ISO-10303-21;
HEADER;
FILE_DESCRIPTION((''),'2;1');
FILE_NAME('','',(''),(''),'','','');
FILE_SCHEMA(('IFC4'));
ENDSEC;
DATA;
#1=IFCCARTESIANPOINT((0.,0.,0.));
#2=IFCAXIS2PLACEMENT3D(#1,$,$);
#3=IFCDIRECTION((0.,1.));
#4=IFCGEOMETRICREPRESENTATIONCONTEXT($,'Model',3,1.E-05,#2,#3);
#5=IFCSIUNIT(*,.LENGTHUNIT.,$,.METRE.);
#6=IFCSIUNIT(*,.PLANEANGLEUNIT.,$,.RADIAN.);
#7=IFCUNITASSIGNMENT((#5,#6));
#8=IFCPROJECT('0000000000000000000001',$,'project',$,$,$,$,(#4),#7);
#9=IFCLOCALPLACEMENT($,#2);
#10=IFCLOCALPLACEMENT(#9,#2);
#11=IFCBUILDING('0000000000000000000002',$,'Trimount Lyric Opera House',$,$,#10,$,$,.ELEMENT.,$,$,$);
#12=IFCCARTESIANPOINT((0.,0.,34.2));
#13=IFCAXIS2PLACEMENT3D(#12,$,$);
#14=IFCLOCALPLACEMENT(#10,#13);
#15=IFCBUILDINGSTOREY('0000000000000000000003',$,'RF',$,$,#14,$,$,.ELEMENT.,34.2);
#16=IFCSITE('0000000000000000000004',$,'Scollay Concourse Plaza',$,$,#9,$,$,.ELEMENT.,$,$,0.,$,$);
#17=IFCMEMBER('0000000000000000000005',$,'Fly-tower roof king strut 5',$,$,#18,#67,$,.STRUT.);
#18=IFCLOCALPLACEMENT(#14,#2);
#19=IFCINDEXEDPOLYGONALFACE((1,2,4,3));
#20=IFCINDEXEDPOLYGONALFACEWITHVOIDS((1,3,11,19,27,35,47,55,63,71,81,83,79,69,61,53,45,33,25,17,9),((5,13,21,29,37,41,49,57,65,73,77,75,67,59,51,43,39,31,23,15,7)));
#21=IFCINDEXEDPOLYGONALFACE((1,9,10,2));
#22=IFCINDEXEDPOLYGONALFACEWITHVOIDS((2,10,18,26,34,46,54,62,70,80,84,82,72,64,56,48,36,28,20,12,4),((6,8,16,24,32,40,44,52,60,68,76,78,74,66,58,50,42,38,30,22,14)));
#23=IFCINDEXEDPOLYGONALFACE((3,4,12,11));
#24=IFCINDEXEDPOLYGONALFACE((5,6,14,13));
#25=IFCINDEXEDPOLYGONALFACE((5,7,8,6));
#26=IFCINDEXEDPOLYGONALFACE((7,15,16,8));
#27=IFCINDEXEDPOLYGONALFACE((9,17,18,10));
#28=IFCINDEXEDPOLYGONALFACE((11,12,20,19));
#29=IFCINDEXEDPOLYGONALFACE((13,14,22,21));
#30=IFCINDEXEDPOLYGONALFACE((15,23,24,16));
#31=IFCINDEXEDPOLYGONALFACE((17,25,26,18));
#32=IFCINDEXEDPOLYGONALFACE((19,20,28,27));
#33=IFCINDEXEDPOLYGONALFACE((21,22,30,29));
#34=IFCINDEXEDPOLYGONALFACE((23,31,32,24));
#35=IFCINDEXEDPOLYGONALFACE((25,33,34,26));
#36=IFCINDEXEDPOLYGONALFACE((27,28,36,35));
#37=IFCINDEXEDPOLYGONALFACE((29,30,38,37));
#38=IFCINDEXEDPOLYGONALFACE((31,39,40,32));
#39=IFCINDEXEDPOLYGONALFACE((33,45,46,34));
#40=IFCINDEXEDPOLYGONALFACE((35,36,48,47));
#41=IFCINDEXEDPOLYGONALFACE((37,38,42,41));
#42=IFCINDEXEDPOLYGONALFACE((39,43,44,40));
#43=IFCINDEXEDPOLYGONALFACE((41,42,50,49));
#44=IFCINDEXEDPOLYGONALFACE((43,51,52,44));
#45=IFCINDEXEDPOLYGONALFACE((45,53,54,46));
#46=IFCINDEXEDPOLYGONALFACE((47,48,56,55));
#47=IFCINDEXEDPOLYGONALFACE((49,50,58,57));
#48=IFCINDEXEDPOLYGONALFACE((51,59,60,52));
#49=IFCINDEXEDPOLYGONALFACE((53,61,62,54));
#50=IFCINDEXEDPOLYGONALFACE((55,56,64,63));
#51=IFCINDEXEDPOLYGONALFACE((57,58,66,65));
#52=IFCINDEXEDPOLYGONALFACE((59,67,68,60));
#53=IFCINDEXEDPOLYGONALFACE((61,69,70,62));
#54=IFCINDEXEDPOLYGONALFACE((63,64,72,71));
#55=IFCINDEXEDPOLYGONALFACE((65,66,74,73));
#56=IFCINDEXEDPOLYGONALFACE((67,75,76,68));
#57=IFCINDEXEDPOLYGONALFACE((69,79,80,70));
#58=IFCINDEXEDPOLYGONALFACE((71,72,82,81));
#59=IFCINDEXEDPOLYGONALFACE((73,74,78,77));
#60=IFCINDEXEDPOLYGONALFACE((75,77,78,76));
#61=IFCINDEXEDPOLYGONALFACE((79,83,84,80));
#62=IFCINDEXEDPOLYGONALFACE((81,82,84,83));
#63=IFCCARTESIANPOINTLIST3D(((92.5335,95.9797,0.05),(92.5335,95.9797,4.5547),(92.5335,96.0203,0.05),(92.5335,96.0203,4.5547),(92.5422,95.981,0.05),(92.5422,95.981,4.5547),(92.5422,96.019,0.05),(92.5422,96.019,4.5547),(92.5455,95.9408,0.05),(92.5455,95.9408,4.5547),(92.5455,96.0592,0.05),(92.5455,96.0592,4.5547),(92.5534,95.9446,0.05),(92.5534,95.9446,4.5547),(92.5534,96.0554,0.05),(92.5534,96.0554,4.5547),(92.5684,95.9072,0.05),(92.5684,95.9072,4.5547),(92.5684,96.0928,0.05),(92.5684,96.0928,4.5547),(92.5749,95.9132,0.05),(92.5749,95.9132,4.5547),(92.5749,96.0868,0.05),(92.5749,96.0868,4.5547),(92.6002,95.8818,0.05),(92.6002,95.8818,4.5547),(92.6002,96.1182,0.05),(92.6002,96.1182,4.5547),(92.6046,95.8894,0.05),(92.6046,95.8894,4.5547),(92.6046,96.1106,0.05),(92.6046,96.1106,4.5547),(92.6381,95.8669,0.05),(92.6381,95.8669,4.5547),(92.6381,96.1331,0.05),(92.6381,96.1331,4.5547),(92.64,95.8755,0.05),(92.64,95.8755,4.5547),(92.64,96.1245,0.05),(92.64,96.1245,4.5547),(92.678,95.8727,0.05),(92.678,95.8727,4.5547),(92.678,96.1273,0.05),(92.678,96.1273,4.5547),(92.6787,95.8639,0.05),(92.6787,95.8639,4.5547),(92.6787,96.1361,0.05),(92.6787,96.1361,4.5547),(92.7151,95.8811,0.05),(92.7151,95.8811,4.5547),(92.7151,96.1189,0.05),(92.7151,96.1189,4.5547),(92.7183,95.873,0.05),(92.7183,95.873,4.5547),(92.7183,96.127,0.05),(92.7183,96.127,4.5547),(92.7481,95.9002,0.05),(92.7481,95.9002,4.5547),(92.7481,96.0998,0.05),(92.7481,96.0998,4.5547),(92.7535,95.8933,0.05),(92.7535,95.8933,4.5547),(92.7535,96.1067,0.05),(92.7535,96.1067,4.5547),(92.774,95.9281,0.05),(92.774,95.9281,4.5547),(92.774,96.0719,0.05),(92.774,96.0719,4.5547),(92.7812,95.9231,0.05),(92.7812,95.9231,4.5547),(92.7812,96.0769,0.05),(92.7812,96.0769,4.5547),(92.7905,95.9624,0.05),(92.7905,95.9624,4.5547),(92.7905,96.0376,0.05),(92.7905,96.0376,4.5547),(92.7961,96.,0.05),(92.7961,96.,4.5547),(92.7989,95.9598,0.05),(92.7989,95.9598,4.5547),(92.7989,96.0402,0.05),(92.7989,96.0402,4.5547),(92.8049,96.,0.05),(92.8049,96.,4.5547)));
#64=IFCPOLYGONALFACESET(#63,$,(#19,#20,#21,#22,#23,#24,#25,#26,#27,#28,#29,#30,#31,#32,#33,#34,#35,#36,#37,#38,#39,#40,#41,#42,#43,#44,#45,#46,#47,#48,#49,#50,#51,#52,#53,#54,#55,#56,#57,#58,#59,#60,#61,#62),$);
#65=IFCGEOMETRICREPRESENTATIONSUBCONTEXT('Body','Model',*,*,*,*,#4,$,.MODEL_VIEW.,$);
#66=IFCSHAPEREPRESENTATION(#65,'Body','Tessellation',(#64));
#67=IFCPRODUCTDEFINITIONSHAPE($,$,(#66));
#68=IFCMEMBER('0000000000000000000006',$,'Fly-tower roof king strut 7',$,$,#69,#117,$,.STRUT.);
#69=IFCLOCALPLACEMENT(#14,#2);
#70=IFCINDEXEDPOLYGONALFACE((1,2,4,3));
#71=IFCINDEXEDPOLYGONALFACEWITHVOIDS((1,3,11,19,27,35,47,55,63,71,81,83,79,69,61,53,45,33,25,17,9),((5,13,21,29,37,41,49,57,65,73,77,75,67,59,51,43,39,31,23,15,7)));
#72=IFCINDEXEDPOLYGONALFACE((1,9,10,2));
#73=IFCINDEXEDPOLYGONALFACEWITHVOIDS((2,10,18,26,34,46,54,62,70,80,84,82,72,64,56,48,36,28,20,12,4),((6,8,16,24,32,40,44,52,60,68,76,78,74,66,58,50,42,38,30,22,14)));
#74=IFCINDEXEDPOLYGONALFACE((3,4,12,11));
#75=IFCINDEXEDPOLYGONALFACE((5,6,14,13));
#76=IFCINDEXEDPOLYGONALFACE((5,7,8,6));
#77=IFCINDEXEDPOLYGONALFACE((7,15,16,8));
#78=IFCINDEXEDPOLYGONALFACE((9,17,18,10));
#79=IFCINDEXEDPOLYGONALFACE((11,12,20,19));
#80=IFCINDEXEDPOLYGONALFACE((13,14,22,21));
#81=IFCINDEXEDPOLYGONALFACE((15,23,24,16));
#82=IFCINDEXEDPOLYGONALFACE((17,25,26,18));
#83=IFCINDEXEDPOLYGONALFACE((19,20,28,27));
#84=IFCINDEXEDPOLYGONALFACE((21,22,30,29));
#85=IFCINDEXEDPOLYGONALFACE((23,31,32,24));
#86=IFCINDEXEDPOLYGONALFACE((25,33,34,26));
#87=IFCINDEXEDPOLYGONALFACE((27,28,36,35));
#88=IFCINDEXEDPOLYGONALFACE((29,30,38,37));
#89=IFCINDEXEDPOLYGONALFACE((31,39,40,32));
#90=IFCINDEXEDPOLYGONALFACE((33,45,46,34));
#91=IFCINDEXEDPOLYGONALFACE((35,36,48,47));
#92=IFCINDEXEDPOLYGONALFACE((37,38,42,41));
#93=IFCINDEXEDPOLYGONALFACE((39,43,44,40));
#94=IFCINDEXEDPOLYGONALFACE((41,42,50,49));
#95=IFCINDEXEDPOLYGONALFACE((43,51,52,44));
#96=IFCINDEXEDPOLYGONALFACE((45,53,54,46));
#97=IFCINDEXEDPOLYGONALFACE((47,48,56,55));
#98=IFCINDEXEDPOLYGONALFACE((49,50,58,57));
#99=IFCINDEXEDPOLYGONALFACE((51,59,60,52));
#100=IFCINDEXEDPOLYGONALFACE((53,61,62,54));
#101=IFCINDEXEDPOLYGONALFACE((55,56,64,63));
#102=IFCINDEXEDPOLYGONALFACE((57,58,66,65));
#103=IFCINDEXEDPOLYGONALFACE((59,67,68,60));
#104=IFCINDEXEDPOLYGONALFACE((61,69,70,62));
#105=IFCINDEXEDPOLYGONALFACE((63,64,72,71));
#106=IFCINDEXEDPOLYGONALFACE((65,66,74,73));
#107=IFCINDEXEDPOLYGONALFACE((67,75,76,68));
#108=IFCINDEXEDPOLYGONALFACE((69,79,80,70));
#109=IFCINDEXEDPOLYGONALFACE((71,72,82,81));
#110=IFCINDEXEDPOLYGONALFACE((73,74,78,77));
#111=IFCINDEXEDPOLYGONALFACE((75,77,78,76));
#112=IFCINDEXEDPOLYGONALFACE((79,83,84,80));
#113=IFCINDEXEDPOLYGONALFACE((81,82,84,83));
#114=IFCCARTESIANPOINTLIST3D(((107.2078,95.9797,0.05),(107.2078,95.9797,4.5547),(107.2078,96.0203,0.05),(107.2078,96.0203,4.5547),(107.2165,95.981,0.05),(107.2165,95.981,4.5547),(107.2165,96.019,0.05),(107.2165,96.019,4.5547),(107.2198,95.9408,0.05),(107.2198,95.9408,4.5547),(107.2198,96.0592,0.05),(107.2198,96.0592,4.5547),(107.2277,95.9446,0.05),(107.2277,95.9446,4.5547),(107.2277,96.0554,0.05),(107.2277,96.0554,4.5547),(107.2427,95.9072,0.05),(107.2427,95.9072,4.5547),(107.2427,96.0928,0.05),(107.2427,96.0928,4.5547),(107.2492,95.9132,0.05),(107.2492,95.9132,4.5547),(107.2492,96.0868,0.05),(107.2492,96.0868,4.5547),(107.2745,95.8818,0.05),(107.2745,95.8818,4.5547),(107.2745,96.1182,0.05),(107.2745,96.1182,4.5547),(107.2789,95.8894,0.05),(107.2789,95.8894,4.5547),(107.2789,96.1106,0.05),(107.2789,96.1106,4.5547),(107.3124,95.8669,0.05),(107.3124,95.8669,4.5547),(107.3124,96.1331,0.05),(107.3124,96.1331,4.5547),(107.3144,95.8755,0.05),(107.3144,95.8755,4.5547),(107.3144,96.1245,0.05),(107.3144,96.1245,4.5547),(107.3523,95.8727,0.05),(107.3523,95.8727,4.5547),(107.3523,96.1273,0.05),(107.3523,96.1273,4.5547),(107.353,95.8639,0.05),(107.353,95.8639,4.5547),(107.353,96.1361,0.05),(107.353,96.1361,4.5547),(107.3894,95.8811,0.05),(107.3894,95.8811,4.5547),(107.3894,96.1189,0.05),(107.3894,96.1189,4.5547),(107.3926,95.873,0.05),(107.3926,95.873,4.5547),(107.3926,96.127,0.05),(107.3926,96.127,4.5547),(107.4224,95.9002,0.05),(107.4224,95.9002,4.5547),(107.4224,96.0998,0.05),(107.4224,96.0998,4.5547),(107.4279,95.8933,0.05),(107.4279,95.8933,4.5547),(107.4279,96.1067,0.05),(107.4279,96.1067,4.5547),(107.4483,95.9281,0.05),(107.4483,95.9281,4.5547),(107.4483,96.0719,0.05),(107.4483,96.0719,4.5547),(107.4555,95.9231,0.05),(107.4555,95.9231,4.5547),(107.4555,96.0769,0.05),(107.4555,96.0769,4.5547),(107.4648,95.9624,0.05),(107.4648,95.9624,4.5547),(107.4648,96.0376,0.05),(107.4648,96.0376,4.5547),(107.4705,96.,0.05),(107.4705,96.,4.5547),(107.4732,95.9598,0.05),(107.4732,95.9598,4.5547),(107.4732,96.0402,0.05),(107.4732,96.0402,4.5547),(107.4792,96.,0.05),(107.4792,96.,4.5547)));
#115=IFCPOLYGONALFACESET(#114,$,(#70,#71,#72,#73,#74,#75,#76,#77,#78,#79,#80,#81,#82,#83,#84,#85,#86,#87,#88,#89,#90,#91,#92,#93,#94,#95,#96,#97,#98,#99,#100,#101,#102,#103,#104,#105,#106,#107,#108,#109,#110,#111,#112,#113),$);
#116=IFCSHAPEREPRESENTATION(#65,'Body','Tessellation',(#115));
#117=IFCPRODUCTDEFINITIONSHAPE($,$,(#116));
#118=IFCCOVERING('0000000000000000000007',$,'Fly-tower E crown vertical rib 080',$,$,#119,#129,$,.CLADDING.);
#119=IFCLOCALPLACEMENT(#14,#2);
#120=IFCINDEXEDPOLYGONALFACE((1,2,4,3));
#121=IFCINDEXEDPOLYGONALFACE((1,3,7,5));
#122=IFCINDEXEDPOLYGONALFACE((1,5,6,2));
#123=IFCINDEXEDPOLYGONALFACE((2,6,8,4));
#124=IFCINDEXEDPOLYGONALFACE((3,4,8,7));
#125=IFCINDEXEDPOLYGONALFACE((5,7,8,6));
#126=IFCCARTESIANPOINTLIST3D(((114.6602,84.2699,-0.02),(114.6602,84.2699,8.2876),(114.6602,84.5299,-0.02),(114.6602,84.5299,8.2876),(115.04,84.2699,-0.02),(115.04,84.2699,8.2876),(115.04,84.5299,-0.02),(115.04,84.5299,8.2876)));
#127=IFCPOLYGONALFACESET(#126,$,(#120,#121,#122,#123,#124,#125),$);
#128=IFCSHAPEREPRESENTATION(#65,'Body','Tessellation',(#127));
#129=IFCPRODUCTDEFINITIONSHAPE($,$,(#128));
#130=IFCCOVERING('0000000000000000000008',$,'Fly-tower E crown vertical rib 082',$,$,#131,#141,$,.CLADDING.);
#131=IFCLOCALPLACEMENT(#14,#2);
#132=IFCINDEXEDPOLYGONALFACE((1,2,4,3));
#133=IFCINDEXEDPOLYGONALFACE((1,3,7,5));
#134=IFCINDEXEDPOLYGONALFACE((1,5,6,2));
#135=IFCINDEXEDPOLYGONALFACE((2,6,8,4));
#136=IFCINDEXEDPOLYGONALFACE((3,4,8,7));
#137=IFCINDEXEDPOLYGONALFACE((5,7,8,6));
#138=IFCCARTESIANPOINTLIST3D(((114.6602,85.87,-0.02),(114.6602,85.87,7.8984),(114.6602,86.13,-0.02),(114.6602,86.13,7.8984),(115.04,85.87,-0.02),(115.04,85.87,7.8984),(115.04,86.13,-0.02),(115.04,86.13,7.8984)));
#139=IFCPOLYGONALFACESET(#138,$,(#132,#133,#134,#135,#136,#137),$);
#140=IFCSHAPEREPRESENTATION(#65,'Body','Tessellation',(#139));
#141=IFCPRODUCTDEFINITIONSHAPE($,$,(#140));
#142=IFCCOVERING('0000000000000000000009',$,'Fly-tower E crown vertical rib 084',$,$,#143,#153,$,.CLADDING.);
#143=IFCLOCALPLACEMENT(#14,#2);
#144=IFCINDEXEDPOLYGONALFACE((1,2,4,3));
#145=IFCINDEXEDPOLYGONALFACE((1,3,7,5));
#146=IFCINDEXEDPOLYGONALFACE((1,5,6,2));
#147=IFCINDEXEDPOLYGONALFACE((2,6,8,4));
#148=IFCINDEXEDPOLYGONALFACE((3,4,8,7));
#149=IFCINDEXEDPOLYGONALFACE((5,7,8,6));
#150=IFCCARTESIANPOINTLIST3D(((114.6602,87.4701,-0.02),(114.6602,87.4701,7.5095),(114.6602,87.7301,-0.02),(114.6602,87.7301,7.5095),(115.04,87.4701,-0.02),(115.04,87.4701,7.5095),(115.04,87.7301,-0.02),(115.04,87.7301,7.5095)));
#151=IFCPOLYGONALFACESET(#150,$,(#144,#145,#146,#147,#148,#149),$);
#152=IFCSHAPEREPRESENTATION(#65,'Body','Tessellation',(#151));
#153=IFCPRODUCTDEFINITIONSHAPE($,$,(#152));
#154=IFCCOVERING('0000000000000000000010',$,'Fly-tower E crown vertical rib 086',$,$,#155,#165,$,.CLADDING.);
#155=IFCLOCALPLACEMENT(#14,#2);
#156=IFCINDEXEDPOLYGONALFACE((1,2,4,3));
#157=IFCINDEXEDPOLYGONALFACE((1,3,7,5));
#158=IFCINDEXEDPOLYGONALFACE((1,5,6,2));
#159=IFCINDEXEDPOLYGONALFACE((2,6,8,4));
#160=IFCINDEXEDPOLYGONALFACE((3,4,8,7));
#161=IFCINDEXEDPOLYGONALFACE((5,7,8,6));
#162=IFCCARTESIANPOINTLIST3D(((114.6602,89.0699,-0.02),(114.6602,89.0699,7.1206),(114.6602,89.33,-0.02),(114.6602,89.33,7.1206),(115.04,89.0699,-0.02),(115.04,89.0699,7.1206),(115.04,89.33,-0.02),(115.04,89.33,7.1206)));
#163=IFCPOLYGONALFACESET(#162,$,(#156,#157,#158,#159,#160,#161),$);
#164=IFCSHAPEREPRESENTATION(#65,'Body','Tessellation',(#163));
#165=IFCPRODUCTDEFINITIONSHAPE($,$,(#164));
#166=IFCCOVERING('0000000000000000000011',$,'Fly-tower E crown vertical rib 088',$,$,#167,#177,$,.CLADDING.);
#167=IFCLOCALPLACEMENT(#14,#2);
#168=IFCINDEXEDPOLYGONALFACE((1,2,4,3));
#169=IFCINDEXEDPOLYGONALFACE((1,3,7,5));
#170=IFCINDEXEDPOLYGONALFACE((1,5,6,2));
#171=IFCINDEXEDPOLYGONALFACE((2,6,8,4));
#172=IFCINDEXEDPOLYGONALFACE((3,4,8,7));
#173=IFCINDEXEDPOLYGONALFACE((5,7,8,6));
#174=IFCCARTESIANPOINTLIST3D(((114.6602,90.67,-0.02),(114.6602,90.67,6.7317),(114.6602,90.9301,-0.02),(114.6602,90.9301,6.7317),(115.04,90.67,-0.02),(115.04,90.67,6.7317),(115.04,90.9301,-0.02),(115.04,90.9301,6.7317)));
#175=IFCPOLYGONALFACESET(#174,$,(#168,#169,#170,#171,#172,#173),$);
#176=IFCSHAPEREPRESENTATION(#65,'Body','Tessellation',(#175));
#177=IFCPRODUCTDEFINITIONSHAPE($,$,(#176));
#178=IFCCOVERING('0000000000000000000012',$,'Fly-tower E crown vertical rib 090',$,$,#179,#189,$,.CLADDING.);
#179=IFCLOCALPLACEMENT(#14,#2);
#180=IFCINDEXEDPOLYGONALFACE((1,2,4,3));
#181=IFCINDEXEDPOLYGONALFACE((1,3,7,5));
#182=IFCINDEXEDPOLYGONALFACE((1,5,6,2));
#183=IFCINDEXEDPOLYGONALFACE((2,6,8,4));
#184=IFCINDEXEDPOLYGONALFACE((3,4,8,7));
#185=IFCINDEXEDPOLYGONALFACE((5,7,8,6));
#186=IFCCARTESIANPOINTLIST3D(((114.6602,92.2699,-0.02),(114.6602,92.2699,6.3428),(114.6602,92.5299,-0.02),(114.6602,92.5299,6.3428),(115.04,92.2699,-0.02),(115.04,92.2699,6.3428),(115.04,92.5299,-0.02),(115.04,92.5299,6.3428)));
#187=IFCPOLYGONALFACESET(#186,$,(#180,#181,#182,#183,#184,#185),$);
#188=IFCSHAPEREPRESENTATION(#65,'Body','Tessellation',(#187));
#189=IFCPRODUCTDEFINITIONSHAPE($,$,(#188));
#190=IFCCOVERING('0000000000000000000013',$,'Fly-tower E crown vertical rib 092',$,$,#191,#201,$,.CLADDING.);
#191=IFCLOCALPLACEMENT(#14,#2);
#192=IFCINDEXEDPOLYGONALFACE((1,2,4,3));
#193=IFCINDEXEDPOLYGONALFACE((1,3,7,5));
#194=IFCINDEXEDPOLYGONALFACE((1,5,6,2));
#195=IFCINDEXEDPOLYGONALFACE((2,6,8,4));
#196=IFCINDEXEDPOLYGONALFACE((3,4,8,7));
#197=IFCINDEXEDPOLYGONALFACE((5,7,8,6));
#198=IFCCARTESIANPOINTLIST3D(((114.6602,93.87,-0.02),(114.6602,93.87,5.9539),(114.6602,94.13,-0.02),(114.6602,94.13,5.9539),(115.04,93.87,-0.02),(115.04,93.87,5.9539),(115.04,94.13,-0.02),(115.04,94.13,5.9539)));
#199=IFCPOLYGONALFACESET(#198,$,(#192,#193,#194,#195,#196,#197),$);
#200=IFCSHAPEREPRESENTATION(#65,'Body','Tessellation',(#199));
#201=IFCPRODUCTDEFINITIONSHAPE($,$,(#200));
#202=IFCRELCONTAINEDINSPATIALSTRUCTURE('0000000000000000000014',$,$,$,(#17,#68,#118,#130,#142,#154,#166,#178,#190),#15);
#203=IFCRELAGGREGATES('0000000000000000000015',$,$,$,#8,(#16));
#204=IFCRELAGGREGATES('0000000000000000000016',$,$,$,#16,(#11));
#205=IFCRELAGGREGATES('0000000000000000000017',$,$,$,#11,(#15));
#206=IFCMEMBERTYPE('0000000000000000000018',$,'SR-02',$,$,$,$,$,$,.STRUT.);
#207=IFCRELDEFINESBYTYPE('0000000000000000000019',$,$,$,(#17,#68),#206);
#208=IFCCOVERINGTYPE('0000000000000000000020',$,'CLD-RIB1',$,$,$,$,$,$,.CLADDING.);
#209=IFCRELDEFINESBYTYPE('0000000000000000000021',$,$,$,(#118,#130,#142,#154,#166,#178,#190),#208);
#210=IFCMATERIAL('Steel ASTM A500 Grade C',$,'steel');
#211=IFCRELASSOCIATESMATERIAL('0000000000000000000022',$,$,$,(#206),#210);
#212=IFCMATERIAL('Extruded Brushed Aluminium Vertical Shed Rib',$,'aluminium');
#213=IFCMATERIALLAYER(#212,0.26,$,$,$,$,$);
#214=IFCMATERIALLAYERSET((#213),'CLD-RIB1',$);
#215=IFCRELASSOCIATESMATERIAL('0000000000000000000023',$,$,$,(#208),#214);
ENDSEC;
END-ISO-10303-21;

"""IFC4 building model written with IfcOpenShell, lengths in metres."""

from ifc_helpers import new_model, si_unit, direction, frame, origin, origin_2d, place, context, subcontext, project, spatial, rectangle, hollow_circle, extrude, material, layer, layer_set, material_profile, profile_set, type_object, element, save


model = new_model("IFC4")

# Units and contexts
model_context = context("Model", 3, precision=1e-05, world=origin(), true_north=direction((0.0, 1.0)))
body_context = subcontext(model_context, "Body", "Model", "MODEL_VIEW")
ifc_project = project(units=[si_unit("LENGTHUNIT", "METRE"), si_unit("PLANEANGLEUNIT", "RADIAN")], contexts=[model_context])

# Site, building, storey
site_placement = place(None, origin())
site = spatial("IfcSite", under=ifc_project, at=site_placement, Name="Scollay Concourse Plaza", CompositionType="ELEMENT", RefElevation=0.0)
building_placement = place(site_placement, origin())
building = spatial("IfcBuilding", under=site, at=building_placement, Name="Trimount Lyric Opera House", CompositionType="ELEMENT")
storey_placement = place(building_placement, frame((0.0, 0.0, 34.2)))
storey = spatial("IfcBuildingStorey", under=building, at=storey_placement, Name="RF", CompositionType="ELEMENT", Elevation=34.2)

# Members
ifc_material_1 = material(Name="Steel ASTM A500 Grade C", Category="steel")
ifc_material_profile_1 = material_profile(ifc_material_1, hollow_circle(Radius=0.1365, WallThickness=0.0088, at=origin_2d()), Name="HSS273.1X9.5")
ifc_profile_set_1 = profile_set([ifc_material_profile_1], Name="Steel ASTM A500 Grade C")
member_type_1 = type_object("IfcMemberType", Name="SR-02", PredefinedType="STRUT", material=ifc_profile_set_1)
for number, where, z_axis, x_axis, name in (
    (1, (92.6685, 96.0, 0.05), (0.0, 0.0, 1.0), (1.0, 0.0, 0.0), "Fly-tower roof king strut 5"),
    (2, (107.3428, 96.0, 0.05), (0.0, 0.0, 1.0), (1.0, 0.0, 0.0), "Fly-tower roof king strut 7"),
):
    element("IfcMember", number, at=place(storey_placement, frame(where, z_axis=z_axis, x_axis=x_axis)), inside=storey, type_object=member_type_1, Name=name, PredefinedType="STRUT", context=body_context, shape_type="SweptSolid", body=[
        extrude(hollow_circle(Radius=0.1365, WallThickness=0.0088, at=origin_2d()), origin(), (0.0, 0.0, 1.0), 4.5046),
    ])

# Coverings
ifc_material_2 = material(Name="Extruded Brushed Aluminium Vertical Shed Rib", Category="aluminium")
ifc_layer_1 = layer(ifc_material_2, 0.26)
ifc_layer_set_1 = layer_set([ifc_layer_1], Name="CLD-RIB1")
covering_type_1 = type_object("IfcCoveringType", Name="CLD-RIB1", PredefinedType="CLADDING", material=ifc_layer_set_1)
covering_1_placement = place(storey_placement, frame((114.8501, 84.3999, -0.02), z_axis=(0.0, 0.0, 1.0), x_axis=(1.0, 0.0, 0.0)))
element("IfcCovering", 3, at=covering_1_placement, inside=storey, type_object=covering_type_1, Name="Fly-tower E crown vertical rib 080", PredefinedType="CLADDING", context=body_context, shape_type="SweptSolid", body=[
    extrude(rectangle(XDim=0.3799, YDim=0.26, at=origin_2d()), origin(), (0.0, 0.0, 1.0), 8.3076),
])
covering_2_placement = place(storey_placement, frame((114.8501, 86.0, -0.02), z_axis=(0.0, 0.0, 1.0), x_axis=(1.0, 0.0, 0.0)))
element("IfcCovering", 4, at=covering_2_placement, inside=storey, type_object=covering_type_1, Name="Fly-tower E crown vertical rib 082", PredefinedType="CLADDING", context=body_context, shape_type="SweptSolid", body=[
    extrude(rectangle(XDim=0.3799, YDim=0.26, at=origin_2d()), origin(), (0.0, 0.0, 1.0), 7.9185),
])
covering_3_placement = place(storey_placement, frame((114.8501, 87.6001, -0.02), z_axis=(0.0, 0.0, 1.0), x_axis=(1.0, 0.0, 0.0)))
element("IfcCovering", 5, at=covering_3_placement, inside=storey, type_object=covering_type_1, Name="Fly-tower E crown vertical rib 084", PredefinedType="CLADDING", context=body_context, shape_type="SweptSolid", body=[
    extrude(rectangle(XDim=0.3799, YDim=0.26, at=origin_2d()), origin(), (0.0, 0.0, 1.0), 7.5295),
])
covering_4_placement = place(storey_placement, frame((114.8501, 89.2, -0.02), z_axis=(0.0, 0.0, 1.0), x_axis=(1.0, 0.0, 0.0)))
element("IfcCovering", 6, at=covering_4_placement, inside=storey, type_object=covering_type_1, Name="Fly-tower E crown vertical rib 086", PredefinedType="CLADDING", context=body_context, shape_type="SweptSolid", body=[
    extrude(rectangle(XDim=0.3799, YDim=0.26, at=origin_2d()), origin(), (0.0, 0.0, 1.0), 7.1406),
])
covering_5_placement = place(storey_placement, frame((114.8501, 90.8, -0.02), z_axis=(0.0, 0.0, 1.0), x_axis=(1.0, 0.0, 0.0)))
element("IfcCovering", 7, at=covering_5_placement, inside=storey, type_object=covering_type_1, Name="Fly-tower E crown vertical rib 088", PredefinedType="CLADDING", context=body_context, shape_type="SweptSolid", body=[
    extrude(rectangle(XDim=0.3799, YDim=0.26, at=origin_2d()), origin(), (0.0, 0.0, 1.0), 6.7517),
])
covering_6_placement = place(storey_placement, frame((114.8501, 92.3999, -0.02), z_axis=(0.0, 0.0, 1.0), x_axis=(1.0, 0.0, 0.0)))
element("IfcCovering", 8, at=covering_6_placement, inside=storey, type_object=covering_type_1, Name="Fly-tower E crown vertical rib 090", PredefinedType="CLADDING", context=body_context, shape_type="SweptSolid", body=[
    extrude(rectangle(XDim=0.3799, YDim=0.26, at=origin_2d()), origin(), (0.0, 0.0, 1.0), 6.3628),
])
covering_7_placement = place(storey_placement, frame((114.8501, 94.0, -0.02), z_axis=(0.0, 0.0, 1.0), x_axis=(1.0, 0.0, 0.0)))
element("IfcCovering", 9, at=covering_7_placement, inside=storey, type_object=covering_type_1, Name="Fly-tower E crown vertical rib 092", PredefinedType="CLADDING", context=body_context, shape_type="SweptSolid", body=[
    extrude(rectangle(XDim=0.3799, YDim=0.26, at=origin_2d()), origin(), (0.0, 0.0, 1.0), 5.9739),
])

save(model, "model.ifc")
